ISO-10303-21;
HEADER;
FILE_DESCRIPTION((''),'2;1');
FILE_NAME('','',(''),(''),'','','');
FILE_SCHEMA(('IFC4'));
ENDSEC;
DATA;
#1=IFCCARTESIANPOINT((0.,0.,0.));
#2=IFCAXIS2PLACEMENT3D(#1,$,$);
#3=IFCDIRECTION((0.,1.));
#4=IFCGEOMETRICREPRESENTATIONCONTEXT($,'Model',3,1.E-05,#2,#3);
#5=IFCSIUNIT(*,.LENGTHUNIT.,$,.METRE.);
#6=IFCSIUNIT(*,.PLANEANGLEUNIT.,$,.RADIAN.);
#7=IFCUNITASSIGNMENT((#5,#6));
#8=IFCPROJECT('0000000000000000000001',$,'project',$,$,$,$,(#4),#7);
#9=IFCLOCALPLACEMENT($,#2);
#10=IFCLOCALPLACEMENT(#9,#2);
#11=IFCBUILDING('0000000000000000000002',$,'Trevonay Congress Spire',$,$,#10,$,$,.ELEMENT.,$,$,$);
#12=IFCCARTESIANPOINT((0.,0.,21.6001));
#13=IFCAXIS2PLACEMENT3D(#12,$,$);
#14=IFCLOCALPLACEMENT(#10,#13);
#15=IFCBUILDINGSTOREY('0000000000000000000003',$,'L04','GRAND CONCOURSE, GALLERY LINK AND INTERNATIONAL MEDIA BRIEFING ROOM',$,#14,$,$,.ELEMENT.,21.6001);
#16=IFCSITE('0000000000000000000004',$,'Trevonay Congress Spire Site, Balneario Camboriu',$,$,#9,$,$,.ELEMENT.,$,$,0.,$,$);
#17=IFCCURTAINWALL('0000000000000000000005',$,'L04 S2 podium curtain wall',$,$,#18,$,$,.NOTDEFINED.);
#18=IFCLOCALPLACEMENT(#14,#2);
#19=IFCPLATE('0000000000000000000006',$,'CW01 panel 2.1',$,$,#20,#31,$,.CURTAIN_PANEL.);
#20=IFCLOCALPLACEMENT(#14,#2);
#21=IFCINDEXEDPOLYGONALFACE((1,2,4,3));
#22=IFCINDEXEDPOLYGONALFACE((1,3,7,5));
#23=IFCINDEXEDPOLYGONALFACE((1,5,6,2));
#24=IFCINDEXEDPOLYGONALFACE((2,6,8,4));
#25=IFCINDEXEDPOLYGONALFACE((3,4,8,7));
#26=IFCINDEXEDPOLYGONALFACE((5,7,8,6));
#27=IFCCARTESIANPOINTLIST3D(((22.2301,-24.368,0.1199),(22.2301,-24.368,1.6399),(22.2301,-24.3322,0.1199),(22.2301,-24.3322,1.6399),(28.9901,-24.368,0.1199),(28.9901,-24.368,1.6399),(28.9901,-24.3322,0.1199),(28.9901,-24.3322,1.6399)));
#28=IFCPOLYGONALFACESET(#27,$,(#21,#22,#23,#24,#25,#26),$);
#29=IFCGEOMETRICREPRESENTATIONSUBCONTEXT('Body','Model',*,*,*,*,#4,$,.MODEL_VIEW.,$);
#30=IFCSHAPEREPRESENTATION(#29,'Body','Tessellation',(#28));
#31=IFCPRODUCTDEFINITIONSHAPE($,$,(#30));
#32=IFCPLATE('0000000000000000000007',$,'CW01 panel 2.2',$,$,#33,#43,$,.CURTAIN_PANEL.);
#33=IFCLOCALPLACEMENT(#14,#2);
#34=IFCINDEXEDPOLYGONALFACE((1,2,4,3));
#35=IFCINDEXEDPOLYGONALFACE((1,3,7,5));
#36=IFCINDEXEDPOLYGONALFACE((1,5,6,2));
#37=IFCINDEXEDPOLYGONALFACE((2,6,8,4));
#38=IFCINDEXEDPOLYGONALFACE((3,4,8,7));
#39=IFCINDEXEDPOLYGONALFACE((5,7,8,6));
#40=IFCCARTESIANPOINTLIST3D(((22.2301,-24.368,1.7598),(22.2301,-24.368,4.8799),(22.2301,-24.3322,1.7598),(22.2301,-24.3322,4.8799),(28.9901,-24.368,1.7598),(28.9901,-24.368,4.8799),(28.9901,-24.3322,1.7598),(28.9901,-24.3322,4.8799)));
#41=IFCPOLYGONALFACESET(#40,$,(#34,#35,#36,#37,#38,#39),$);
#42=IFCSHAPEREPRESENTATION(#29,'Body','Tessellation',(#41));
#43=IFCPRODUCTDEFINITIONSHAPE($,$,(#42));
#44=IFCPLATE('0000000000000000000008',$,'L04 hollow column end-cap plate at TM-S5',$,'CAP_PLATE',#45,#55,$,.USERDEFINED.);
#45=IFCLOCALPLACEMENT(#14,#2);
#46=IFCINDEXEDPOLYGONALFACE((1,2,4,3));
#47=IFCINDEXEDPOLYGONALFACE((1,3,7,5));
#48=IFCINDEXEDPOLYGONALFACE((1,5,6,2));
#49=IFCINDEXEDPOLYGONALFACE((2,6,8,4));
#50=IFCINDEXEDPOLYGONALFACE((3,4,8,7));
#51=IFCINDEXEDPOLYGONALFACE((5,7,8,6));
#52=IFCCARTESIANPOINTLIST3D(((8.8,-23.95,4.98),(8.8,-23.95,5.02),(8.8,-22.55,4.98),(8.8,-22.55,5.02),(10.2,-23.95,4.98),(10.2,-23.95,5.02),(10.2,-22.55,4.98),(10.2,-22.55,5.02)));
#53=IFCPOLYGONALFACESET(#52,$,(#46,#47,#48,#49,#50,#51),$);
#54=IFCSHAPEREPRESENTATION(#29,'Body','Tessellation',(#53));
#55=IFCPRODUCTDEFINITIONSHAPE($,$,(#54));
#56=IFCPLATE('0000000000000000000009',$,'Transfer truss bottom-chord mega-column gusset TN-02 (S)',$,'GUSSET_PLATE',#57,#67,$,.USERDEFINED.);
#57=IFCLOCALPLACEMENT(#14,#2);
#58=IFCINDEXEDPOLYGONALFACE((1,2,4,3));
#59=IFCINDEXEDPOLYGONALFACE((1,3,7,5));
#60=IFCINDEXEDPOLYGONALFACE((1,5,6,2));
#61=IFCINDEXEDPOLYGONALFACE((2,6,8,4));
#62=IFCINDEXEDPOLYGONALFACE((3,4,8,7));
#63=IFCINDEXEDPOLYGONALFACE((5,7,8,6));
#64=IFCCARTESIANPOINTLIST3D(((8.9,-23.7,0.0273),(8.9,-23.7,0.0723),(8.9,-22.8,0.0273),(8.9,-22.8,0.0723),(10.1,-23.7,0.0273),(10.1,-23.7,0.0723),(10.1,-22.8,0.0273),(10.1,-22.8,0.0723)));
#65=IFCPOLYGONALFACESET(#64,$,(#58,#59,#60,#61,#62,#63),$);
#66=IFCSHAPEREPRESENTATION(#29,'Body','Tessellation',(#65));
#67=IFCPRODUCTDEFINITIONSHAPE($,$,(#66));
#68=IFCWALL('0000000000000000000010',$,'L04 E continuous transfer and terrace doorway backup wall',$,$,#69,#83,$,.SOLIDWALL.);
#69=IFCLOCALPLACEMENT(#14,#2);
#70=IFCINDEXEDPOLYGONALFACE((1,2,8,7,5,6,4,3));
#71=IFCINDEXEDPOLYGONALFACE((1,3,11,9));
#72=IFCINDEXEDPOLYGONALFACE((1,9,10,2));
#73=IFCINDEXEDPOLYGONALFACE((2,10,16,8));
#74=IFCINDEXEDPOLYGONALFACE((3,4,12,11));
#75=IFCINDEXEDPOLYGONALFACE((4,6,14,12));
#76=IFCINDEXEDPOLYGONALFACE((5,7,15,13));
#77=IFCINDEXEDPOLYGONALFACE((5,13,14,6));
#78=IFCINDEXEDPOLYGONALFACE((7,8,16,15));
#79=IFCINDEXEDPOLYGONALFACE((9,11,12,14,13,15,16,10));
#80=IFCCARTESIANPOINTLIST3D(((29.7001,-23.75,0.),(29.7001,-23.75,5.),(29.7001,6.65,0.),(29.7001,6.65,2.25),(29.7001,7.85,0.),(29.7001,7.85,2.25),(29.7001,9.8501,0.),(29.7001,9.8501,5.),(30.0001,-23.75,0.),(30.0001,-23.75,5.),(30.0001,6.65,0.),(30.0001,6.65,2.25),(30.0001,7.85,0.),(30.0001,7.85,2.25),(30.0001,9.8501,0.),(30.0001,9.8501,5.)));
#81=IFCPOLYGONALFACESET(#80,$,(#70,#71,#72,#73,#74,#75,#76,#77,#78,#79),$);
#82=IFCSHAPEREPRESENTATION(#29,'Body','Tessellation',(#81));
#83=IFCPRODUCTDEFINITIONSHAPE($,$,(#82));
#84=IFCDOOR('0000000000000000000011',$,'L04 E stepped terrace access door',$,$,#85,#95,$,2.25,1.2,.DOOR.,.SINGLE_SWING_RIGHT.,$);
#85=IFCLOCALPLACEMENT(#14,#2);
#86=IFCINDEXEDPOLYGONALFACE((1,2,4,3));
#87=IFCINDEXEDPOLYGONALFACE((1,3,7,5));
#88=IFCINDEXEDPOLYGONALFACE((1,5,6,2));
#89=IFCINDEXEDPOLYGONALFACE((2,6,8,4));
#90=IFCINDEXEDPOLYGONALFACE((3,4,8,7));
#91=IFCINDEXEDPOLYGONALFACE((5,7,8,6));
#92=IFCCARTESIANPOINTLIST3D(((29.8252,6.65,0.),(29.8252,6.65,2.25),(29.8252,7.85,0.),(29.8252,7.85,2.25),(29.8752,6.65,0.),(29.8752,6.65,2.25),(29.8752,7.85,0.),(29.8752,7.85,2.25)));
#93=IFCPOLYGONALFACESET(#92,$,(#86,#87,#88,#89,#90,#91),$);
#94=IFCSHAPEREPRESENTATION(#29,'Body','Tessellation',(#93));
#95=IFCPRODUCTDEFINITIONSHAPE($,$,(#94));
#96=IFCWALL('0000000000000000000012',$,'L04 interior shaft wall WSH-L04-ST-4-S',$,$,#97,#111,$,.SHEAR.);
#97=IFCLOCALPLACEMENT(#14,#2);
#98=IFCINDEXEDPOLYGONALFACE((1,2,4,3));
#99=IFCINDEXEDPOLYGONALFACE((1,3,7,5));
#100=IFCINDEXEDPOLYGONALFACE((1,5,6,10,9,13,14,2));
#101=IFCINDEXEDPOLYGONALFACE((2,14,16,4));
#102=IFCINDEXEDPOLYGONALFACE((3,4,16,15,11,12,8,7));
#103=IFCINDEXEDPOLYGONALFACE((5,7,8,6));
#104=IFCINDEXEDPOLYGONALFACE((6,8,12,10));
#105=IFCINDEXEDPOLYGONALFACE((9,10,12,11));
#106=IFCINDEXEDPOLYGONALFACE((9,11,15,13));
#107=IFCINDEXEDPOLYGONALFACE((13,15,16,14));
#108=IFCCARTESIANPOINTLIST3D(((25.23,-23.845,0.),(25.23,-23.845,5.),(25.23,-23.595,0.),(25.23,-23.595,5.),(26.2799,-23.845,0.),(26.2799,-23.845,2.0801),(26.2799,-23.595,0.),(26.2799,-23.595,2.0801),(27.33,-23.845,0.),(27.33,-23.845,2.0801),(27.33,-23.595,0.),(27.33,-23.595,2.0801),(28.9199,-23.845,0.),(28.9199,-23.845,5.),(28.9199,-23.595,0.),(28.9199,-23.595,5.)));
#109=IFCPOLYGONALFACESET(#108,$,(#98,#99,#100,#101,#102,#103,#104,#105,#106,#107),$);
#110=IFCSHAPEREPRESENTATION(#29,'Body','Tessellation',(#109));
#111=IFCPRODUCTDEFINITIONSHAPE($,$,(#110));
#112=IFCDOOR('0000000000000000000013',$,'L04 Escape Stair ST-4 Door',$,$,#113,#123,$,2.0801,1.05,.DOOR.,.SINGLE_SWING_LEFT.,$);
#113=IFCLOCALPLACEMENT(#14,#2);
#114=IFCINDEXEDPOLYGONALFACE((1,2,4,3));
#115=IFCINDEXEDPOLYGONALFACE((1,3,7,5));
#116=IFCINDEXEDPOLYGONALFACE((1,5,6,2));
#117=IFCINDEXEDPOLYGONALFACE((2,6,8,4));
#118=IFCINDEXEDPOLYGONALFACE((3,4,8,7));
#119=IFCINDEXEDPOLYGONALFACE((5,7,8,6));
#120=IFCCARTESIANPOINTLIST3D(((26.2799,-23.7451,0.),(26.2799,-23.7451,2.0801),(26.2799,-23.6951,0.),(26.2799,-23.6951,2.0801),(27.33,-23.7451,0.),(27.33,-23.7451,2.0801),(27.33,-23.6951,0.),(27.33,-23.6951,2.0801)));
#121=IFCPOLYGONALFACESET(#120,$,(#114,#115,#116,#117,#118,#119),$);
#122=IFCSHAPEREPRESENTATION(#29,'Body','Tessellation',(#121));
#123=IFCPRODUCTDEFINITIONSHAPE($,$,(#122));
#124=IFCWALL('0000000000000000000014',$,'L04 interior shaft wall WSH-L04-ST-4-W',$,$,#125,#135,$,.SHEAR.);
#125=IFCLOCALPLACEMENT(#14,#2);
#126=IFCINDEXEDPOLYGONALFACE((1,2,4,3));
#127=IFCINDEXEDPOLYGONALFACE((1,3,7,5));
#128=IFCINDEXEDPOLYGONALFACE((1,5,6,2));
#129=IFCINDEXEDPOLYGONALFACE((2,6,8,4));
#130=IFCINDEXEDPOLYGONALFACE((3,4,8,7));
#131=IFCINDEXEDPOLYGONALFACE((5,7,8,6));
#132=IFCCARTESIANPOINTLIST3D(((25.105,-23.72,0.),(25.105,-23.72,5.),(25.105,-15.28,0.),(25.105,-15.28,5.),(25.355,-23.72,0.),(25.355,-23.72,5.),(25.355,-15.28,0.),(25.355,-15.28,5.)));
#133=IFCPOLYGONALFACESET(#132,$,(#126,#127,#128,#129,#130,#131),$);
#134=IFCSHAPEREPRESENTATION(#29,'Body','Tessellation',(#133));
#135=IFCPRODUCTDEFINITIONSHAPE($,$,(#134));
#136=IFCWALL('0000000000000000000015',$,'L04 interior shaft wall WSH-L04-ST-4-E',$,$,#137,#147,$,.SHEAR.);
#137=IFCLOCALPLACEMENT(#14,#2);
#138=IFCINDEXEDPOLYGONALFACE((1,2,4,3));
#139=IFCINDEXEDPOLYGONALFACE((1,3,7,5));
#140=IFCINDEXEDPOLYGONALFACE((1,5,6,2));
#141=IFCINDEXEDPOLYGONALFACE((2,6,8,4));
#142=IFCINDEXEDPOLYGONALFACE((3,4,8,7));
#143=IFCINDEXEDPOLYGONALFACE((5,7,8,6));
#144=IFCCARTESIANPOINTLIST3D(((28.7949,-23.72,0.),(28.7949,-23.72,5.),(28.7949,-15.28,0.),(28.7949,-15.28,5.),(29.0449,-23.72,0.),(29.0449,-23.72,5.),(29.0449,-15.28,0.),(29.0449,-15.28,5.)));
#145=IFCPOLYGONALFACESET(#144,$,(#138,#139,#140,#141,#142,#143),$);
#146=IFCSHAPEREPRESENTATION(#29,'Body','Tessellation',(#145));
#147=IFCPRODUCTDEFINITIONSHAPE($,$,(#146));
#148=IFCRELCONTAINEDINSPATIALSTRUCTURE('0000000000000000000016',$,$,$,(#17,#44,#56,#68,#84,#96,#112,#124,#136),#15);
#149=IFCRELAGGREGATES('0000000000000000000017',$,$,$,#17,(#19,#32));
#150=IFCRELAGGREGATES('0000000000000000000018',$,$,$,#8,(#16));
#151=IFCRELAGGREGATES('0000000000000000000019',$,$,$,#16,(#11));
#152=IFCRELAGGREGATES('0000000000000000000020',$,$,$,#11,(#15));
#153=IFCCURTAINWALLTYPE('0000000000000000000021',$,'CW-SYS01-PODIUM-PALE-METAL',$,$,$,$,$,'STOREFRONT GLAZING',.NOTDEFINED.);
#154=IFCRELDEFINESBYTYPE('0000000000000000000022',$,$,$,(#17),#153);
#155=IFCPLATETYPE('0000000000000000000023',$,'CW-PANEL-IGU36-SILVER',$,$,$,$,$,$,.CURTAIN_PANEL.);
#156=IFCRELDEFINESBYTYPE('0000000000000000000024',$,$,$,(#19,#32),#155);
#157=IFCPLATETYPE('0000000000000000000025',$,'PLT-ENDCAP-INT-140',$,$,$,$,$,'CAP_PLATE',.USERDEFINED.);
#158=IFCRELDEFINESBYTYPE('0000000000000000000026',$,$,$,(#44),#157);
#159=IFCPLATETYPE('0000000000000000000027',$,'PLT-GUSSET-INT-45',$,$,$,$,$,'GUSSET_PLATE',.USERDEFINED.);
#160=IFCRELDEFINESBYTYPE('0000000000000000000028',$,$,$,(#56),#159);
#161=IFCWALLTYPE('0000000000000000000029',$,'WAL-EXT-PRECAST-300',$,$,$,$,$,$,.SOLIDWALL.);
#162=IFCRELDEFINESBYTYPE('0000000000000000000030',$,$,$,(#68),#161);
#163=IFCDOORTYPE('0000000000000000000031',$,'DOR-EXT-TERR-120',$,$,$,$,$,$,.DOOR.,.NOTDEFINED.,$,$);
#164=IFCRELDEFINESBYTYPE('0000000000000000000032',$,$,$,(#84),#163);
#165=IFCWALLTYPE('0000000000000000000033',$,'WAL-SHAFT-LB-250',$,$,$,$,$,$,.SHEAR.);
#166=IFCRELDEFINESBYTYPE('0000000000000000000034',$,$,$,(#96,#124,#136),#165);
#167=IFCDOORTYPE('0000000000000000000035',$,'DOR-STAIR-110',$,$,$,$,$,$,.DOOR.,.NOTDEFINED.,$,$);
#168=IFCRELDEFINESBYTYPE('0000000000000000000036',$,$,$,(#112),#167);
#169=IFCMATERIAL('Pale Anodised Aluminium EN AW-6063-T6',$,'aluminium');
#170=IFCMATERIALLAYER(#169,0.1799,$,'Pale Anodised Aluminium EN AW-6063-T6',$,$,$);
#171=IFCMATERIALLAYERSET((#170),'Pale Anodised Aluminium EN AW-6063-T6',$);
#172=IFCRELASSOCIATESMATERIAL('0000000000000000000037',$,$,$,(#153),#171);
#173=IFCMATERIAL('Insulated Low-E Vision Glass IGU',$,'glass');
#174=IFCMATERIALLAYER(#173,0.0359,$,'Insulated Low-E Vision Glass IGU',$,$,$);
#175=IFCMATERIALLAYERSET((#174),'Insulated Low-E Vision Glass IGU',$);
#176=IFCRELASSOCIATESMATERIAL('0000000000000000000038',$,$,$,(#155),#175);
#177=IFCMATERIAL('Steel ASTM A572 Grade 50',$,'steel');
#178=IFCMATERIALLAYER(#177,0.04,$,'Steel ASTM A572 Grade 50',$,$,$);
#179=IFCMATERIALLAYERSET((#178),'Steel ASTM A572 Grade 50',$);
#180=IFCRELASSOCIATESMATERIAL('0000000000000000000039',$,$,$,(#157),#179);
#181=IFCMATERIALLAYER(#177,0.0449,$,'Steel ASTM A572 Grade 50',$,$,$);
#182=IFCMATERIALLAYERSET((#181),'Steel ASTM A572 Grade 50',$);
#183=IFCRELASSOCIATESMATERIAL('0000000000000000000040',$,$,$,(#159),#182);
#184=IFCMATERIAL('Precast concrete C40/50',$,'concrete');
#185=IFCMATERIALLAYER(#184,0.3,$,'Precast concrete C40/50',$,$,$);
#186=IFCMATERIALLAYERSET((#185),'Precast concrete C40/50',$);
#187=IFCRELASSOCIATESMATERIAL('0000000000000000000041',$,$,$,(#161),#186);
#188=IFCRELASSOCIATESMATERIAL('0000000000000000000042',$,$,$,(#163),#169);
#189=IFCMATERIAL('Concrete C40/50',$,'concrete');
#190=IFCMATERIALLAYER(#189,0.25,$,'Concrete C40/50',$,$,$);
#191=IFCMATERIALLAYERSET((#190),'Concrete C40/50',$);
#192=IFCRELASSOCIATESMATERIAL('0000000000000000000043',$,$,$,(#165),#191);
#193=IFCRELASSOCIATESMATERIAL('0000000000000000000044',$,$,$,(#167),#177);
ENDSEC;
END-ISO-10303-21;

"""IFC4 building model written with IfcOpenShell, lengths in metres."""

from ifc_helpers import new_model, si_unit, direction, frame, frame_2d, origin, origin_2d, place, context, subcontext, project, spatial, rectangle, extrude, material, layer, layer_set, type_object, element, fill, aggregate, save


model = new_model("IFC4")

# Units and contexts
model_context = context("Model", 3, precision=1e-05, world=origin(), true_north=direction((0.0, 1.0)))
body_context = subcontext(model_context, "Body", "Model", "MODEL_VIEW")
ifc_project = project(units=[si_unit("LENGTHUNIT", "METRE"), si_unit("PLANEANGLEUNIT", "RADIAN")], contexts=[model_context])

# Site, building, storey
site_placement = place(None, origin())
site = spatial("IfcSite", under=ifc_project, at=site_placement, Name="Trevonay Congress Spire Site, Balneario Camboriu", CompositionType="ELEMENT", RefElevation=0.0)
building_placement = place(site_placement, origin())
building = spatial("IfcBuilding", under=site, at=building_placement, Name="Trevonay Congress Spire", CompositionType="ELEMENT")
storey_placement = place(building_placement, frame((0.0, 0.0, 21.6001)))
storey = spatial("IfcBuildingStorey", under=building, at=storey_placement, Name="L04", Description="GRAND CONCOURSE, GALLERY LINK AND INTERNATIONAL MEDIA BRIEFING ROOM", CompositionType="ELEMENT", Elevation=21.6001)

# Shared definitions
ifc_material_1 = material(Name="Steel ASTM A572 Grade 50", Category="steel")

# Curtain wall
ifc_material_2 = material(Name="Pale Anodised Aluminium EN AW-6063-T6", Category="aluminium")
ifc_layer_1 = layer(ifc_material_2, 0.1799, Name="Pale Anodised Aluminium EN AW-6063-T6")
ifc_layer_set_1 = layer_set([ifc_layer_1], Name="Pale Anodised Aluminium EN AW-6063-T6")
curtain_wall_type = type_object("IfcCurtainWallType", Name="CW-SYS01-PODIUM-PALE-METAL", ElementType="STOREFRONT GLAZING", PredefinedType="NOTDEFINED", material=ifc_layer_set_1)
curtain_wall_placement = place(storey_placement, origin())
curtain_wall = element("IfcCurtainWall", 1, at=curtain_wall_placement, inside=storey, type_object=curtain_wall_type, Name="L04 S2 podium curtain wall", PredefinedType="NOTDEFINED")

# Plates
ifc_material_3 = material(Name="Insulated Low-E Vision Glass IGU", Category="glass")
ifc_layer_2 = layer(ifc_material_3, 0.0359, Name="Insulated Low-E Vision Glass IGU")
ifc_layer_set_2 = layer_set([ifc_layer_2], Name="Insulated Low-E Vision Glass IGU")
plate_type_1 = type_object("IfcPlateType", Name="CW-PANEL-IGU36-SILVER", PredefinedType="CURTAIN_PANEL", material=ifc_layer_set_2)
plate_1_placement = place(storey_placement, frame((25.6101, -24.3501, 0.1199), z_axis=(0.0, 0.0, 1.0), x_axis=(1.0, 0.0, 0.0)))
plate_1 = element("IfcPlate", 2, at=plate_1_placement, type_object=plate_type_1, Name="CW01 panel 2.1", PredefinedType="CURTAIN_PANEL", context=body_context, shape_type="SweptSolid", body=[
    extrude(rectangle(XDim=6.76, YDim=0.0359, at=origin_2d()), origin(), (0.0, 0.0, 1.0), 1.52),
])
plate_2_placement = place(storey_placement, frame((25.6101, -24.3501, 1.7598), z_axis=(0.0, 0.0, 1.0), x_axis=(1.0, 0.0, 0.0)))
plate_2 = element("IfcPlate", 3, at=plate_2_placement, type_object=plate_type_1, Name="CW01 panel 2.2", PredefinedType="CURTAIN_PANEL", context=body_context, shape_type="SweptSolid", body=[
    extrude(rectangle(XDim=6.76, YDim=0.0359, at=origin_2d()), origin(), (0.0, 0.0, 1.0), 3.1201),
])
aggregate(curtain_wall, [plate_1, plate_2])

# Plates
ifc_layer_3 = layer(ifc_material_1, 0.04, Name="Steel ASTM A572 Grade 50")
ifc_layer_set_3 = layer_set([ifc_layer_3], Name="Steel ASTM A572 Grade 50")
plate_type_2 = type_object("IfcPlateType", Name="PLT-ENDCAP-INT-140", ElementType="CAP_PLATE", PredefinedType="USERDEFINED", material=ifc_layer_set_3)
plate_3_placement = place(storey_placement, frame((9.5, -23.25, 4.98), z_axis=(0.0, 0.0, 1.0), x_axis=(1.0, 0.0, 0.0)))
element("IfcPlate", 4, at=plate_3_placement, inside=storey, type_object=plate_type_2, Name="L04 hollow column end-cap plate at TM-S5", ObjectType="CAP_PLATE", PredefinedType="USERDEFINED", context=body_context, shape_type="SweptSolid", body=[
    extrude(rectangle(XDim=1.3999, YDim=1.3999, at=origin_2d()), origin(), (0.0, 0.0, 1.0), 0.04),
])
ifc_layer_4 = layer(ifc_material_1, 0.0449, Name="Steel ASTM A572 Grade 50")
ifc_layer_set_4 = layer_set([ifc_layer_4], Name="Steel ASTM A572 Grade 50")
plate_type_3 = type_object("IfcPlateType", Name="PLT-GUSSET-INT-45", ElementType="GUSSET_PLATE", PredefinedType="USERDEFINED", material=ifc_layer_set_4)
plate_4_placement = place(storey_placement, frame((9.5, -23.25, 0.0273), z_axis=(0.0, 0.0, 1.0), x_axis=(1.0, 0.0, 0.0)))
element("IfcPlate", 5, at=plate_4_placement, inside=storey, type_object=plate_type_3, Name="Transfer truss bottom-chord mega-column gusset TN-02 (S)", ObjectType="GUSSET_PLATE", PredefinedType="USERDEFINED", context=body_context, shape_type="SweptSolid", body=[
    extrude(rectangle(XDim=1.2, YDim=0.8999, at=origin_2d()), origin(), (0.0, 0.0, 1.0), 0.0449),
])

# Walls, openings, doors
ifc_material_4 = material(Name="Precast concrete C40/50", Category="concrete")
ifc_layer_5 = layer(ifc_material_4, 0.3, Name="Precast concrete C40/50")
ifc_layer_set_5 = layer_set([ifc_layer_5], Name="Precast concrete C40/50")
wall_type_1 = type_object("IfcWallType", Name="WAL-EXT-PRECAST-300", PredefinedType="SOLIDWALL", material=ifc_layer_set_5)
wall_1_placement = place(storey_placement, frame((29.8501, -23.75, 0.0), z_axis=(0.0, 0.0, 1.0), x_axis=(0.0, 1.0, 0.0)))
wall_1 = element("IfcWall", 6, at=wall_1_placement, inside=storey, type_object=wall_type_1, Name="L04 E continuous transfer and terrace doorway backup wall", PredefinedType="SOLIDWALL", context=body_context, shape_type="SweptSolid", body=[
    extrude(rectangle(XDim=33.6001, YDim=0.3, at=frame_2d((16.8, 0.0))), origin(), (0.0, 0.0, 1.0), 5.0),
])
opening_1_placement = place(wall_1_placement, frame((30.3999, 0.0, 0.0)))
opening_1 = element("IfcOpeningElement", 7, at=opening_1_placement, cuts=wall_1, PredefinedType="OPENING", context=body_context, shape_type="SweptSolid", body=[
    extrude(rectangle(XDim=1.2, YDim=2.25, at=frame_2d((0.6001, 1.125))), frame((0.0, 0.1602, 0.0), z_axis=(0.0, -1.0, 0.0), x_axis=(1.0, 0.0, 0.0)), (0.0, 0.0, 1.0), 0.3201),
])
door_type_1 = type_object("IfcDoorType", Name="DOR-EXT-TERR-120", OperationType="NOTDEFINED", PredefinedType="DOOR", material=ifc_material_2)
door_1_placement = place(opening_1_placement, origin())
door_1 = element("IfcDoor", 8, at=door_1_placement, inside=storey, type_object=door_type_1, Name="L04 E stepped terrace access door", OperationType="SINGLE_SWING_RIGHT", OverallHeight=2.25, OverallWidth=1.2, PredefinedType="DOOR", context=body_context, shape_type="SweptSolid", body=[
    extrude(rectangle(XDim=1.2, YDim=2.25, at=frame_2d((0.6001, 1.125))), frame((0.0, 0.0249, 0.0), z_axis=(0.0, -1.0, 0.0), x_axis=(1.0, 0.0, 0.0)), (0.0, 0.0, 1.0), 0.05),
])
fill(opening_1, door_1)
ifc_material_5 = material(Name="Concrete C40/50", Category="concrete")
ifc_layer_6 = layer(ifc_material_5, 0.25, Name="Concrete C40/50")
ifc_layer_set_6 = layer_set([ifc_layer_6], Name="Concrete C40/50")
wall_type_2 = type_object("IfcWallType", Name="WAL-SHAFT-LB-250", PredefinedType="SHEAR", material=ifc_layer_set_6)
wall_2_placement = place(storey_placement, frame((25.23, -23.72, 0.0), z_axis=(0.0, 0.0, 1.0), x_axis=(1.0, 0.0, 0.0)))
wall_2 = element("IfcWall", 9, at=wall_2_placement, inside=storey, type_object=wall_type_2, Name="L04 interior shaft wall WSH-L04-ST-4-S", PredefinedType="SHEAR", context=body_context, shape_type="SweptSolid", body=[
    extrude(rectangle(XDim=3.6899, YDim=0.25, at=frame_2d((1.845, 0.0))), origin(), (0.0, 0.0, 1.0), 5.0),
])
opening_2_placement = place(wall_2_placement, frame((1.05, 0.0, 0.0)))
opening_2 = element("IfcOpeningElement", 10, at=opening_2_placement, cuts=wall_2, PredefinedType="OPENING", context=body_context, shape_type="SweptSolid", body=[
    extrude(rectangle(XDim=1.05, YDim=2.0801, at=frame_2d((0.5249, 1.04))), frame((0.0, 0.135, 0.0), z_axis=(0.0, -1.0, 0.0), x_axis=(1.0, 0.0, 0.0)), (0.0, 0.0, 1.0), 0.27),
])
door_type_2 = type_object("IfcDoorType", Name="DOR-STAIR-110", OperationType="NOTDEFINED", PredefinedType="DOOR", material=ifc_material_1)
door_2_placement = place(opening_2_placement, origin())
door_2 = element("IfcDoor", 11, at=door_2_placement, inside=storey, type_object=door_type_2, Name="L04 Escape Stair ST-4 Door", OperationType="SINGLE_SWING_LEFT", OverallHeight=2.0801, OverallWidth=1.05, PredefinedType="DOOR", context=body_context, shape_type="SweptSolid", body=[
    extrude(rectangle(XDim=1.05, YDim=2.0801, at=frame_2d((0.5249, 1.04))), frame((0.0, 0.0249, 0.0), z_axis=(0.0, -1.0, 0.0), x_axis=(1.0, 0.0, 0.0)), (0.0, 0.0, 1.0), 0.05),
])
fill(opening_2, door_2)

# Walls
for number, where, z_axis, x_axis, name in (
    (12, (25.23, -23.72, 0.0), (0.0, 0.0, 1.0), (0.0, 1.0, 0.0), "L04 interior shaft wall WSH-L04-ST-4-W"),
    (13, (28.9199, -23.72, 0.0), (0.0, 0.0, 1.0), (0.0, 1.0, 0.0), "L04 interior shaft wall WSH-L04-ST-4-E"),
):
    element("IfcWall", number, at=place(storey_placement, frame(where, z_axis=z_axis, x_axis=x_axis)), inside=storey, type_object=wall_type_2, Name=name, PredefinedType="SHEAR", context=body_context, shape_type="SweptSolid", body=[
        extrude(rectangle(XDim=8.4399, YDim=0.25, at=frame_2d((4.22, 0.0))), origin(), (0.0, 0.0, 1.0), 5.0),
    ])

save(model, "model.ifc")
